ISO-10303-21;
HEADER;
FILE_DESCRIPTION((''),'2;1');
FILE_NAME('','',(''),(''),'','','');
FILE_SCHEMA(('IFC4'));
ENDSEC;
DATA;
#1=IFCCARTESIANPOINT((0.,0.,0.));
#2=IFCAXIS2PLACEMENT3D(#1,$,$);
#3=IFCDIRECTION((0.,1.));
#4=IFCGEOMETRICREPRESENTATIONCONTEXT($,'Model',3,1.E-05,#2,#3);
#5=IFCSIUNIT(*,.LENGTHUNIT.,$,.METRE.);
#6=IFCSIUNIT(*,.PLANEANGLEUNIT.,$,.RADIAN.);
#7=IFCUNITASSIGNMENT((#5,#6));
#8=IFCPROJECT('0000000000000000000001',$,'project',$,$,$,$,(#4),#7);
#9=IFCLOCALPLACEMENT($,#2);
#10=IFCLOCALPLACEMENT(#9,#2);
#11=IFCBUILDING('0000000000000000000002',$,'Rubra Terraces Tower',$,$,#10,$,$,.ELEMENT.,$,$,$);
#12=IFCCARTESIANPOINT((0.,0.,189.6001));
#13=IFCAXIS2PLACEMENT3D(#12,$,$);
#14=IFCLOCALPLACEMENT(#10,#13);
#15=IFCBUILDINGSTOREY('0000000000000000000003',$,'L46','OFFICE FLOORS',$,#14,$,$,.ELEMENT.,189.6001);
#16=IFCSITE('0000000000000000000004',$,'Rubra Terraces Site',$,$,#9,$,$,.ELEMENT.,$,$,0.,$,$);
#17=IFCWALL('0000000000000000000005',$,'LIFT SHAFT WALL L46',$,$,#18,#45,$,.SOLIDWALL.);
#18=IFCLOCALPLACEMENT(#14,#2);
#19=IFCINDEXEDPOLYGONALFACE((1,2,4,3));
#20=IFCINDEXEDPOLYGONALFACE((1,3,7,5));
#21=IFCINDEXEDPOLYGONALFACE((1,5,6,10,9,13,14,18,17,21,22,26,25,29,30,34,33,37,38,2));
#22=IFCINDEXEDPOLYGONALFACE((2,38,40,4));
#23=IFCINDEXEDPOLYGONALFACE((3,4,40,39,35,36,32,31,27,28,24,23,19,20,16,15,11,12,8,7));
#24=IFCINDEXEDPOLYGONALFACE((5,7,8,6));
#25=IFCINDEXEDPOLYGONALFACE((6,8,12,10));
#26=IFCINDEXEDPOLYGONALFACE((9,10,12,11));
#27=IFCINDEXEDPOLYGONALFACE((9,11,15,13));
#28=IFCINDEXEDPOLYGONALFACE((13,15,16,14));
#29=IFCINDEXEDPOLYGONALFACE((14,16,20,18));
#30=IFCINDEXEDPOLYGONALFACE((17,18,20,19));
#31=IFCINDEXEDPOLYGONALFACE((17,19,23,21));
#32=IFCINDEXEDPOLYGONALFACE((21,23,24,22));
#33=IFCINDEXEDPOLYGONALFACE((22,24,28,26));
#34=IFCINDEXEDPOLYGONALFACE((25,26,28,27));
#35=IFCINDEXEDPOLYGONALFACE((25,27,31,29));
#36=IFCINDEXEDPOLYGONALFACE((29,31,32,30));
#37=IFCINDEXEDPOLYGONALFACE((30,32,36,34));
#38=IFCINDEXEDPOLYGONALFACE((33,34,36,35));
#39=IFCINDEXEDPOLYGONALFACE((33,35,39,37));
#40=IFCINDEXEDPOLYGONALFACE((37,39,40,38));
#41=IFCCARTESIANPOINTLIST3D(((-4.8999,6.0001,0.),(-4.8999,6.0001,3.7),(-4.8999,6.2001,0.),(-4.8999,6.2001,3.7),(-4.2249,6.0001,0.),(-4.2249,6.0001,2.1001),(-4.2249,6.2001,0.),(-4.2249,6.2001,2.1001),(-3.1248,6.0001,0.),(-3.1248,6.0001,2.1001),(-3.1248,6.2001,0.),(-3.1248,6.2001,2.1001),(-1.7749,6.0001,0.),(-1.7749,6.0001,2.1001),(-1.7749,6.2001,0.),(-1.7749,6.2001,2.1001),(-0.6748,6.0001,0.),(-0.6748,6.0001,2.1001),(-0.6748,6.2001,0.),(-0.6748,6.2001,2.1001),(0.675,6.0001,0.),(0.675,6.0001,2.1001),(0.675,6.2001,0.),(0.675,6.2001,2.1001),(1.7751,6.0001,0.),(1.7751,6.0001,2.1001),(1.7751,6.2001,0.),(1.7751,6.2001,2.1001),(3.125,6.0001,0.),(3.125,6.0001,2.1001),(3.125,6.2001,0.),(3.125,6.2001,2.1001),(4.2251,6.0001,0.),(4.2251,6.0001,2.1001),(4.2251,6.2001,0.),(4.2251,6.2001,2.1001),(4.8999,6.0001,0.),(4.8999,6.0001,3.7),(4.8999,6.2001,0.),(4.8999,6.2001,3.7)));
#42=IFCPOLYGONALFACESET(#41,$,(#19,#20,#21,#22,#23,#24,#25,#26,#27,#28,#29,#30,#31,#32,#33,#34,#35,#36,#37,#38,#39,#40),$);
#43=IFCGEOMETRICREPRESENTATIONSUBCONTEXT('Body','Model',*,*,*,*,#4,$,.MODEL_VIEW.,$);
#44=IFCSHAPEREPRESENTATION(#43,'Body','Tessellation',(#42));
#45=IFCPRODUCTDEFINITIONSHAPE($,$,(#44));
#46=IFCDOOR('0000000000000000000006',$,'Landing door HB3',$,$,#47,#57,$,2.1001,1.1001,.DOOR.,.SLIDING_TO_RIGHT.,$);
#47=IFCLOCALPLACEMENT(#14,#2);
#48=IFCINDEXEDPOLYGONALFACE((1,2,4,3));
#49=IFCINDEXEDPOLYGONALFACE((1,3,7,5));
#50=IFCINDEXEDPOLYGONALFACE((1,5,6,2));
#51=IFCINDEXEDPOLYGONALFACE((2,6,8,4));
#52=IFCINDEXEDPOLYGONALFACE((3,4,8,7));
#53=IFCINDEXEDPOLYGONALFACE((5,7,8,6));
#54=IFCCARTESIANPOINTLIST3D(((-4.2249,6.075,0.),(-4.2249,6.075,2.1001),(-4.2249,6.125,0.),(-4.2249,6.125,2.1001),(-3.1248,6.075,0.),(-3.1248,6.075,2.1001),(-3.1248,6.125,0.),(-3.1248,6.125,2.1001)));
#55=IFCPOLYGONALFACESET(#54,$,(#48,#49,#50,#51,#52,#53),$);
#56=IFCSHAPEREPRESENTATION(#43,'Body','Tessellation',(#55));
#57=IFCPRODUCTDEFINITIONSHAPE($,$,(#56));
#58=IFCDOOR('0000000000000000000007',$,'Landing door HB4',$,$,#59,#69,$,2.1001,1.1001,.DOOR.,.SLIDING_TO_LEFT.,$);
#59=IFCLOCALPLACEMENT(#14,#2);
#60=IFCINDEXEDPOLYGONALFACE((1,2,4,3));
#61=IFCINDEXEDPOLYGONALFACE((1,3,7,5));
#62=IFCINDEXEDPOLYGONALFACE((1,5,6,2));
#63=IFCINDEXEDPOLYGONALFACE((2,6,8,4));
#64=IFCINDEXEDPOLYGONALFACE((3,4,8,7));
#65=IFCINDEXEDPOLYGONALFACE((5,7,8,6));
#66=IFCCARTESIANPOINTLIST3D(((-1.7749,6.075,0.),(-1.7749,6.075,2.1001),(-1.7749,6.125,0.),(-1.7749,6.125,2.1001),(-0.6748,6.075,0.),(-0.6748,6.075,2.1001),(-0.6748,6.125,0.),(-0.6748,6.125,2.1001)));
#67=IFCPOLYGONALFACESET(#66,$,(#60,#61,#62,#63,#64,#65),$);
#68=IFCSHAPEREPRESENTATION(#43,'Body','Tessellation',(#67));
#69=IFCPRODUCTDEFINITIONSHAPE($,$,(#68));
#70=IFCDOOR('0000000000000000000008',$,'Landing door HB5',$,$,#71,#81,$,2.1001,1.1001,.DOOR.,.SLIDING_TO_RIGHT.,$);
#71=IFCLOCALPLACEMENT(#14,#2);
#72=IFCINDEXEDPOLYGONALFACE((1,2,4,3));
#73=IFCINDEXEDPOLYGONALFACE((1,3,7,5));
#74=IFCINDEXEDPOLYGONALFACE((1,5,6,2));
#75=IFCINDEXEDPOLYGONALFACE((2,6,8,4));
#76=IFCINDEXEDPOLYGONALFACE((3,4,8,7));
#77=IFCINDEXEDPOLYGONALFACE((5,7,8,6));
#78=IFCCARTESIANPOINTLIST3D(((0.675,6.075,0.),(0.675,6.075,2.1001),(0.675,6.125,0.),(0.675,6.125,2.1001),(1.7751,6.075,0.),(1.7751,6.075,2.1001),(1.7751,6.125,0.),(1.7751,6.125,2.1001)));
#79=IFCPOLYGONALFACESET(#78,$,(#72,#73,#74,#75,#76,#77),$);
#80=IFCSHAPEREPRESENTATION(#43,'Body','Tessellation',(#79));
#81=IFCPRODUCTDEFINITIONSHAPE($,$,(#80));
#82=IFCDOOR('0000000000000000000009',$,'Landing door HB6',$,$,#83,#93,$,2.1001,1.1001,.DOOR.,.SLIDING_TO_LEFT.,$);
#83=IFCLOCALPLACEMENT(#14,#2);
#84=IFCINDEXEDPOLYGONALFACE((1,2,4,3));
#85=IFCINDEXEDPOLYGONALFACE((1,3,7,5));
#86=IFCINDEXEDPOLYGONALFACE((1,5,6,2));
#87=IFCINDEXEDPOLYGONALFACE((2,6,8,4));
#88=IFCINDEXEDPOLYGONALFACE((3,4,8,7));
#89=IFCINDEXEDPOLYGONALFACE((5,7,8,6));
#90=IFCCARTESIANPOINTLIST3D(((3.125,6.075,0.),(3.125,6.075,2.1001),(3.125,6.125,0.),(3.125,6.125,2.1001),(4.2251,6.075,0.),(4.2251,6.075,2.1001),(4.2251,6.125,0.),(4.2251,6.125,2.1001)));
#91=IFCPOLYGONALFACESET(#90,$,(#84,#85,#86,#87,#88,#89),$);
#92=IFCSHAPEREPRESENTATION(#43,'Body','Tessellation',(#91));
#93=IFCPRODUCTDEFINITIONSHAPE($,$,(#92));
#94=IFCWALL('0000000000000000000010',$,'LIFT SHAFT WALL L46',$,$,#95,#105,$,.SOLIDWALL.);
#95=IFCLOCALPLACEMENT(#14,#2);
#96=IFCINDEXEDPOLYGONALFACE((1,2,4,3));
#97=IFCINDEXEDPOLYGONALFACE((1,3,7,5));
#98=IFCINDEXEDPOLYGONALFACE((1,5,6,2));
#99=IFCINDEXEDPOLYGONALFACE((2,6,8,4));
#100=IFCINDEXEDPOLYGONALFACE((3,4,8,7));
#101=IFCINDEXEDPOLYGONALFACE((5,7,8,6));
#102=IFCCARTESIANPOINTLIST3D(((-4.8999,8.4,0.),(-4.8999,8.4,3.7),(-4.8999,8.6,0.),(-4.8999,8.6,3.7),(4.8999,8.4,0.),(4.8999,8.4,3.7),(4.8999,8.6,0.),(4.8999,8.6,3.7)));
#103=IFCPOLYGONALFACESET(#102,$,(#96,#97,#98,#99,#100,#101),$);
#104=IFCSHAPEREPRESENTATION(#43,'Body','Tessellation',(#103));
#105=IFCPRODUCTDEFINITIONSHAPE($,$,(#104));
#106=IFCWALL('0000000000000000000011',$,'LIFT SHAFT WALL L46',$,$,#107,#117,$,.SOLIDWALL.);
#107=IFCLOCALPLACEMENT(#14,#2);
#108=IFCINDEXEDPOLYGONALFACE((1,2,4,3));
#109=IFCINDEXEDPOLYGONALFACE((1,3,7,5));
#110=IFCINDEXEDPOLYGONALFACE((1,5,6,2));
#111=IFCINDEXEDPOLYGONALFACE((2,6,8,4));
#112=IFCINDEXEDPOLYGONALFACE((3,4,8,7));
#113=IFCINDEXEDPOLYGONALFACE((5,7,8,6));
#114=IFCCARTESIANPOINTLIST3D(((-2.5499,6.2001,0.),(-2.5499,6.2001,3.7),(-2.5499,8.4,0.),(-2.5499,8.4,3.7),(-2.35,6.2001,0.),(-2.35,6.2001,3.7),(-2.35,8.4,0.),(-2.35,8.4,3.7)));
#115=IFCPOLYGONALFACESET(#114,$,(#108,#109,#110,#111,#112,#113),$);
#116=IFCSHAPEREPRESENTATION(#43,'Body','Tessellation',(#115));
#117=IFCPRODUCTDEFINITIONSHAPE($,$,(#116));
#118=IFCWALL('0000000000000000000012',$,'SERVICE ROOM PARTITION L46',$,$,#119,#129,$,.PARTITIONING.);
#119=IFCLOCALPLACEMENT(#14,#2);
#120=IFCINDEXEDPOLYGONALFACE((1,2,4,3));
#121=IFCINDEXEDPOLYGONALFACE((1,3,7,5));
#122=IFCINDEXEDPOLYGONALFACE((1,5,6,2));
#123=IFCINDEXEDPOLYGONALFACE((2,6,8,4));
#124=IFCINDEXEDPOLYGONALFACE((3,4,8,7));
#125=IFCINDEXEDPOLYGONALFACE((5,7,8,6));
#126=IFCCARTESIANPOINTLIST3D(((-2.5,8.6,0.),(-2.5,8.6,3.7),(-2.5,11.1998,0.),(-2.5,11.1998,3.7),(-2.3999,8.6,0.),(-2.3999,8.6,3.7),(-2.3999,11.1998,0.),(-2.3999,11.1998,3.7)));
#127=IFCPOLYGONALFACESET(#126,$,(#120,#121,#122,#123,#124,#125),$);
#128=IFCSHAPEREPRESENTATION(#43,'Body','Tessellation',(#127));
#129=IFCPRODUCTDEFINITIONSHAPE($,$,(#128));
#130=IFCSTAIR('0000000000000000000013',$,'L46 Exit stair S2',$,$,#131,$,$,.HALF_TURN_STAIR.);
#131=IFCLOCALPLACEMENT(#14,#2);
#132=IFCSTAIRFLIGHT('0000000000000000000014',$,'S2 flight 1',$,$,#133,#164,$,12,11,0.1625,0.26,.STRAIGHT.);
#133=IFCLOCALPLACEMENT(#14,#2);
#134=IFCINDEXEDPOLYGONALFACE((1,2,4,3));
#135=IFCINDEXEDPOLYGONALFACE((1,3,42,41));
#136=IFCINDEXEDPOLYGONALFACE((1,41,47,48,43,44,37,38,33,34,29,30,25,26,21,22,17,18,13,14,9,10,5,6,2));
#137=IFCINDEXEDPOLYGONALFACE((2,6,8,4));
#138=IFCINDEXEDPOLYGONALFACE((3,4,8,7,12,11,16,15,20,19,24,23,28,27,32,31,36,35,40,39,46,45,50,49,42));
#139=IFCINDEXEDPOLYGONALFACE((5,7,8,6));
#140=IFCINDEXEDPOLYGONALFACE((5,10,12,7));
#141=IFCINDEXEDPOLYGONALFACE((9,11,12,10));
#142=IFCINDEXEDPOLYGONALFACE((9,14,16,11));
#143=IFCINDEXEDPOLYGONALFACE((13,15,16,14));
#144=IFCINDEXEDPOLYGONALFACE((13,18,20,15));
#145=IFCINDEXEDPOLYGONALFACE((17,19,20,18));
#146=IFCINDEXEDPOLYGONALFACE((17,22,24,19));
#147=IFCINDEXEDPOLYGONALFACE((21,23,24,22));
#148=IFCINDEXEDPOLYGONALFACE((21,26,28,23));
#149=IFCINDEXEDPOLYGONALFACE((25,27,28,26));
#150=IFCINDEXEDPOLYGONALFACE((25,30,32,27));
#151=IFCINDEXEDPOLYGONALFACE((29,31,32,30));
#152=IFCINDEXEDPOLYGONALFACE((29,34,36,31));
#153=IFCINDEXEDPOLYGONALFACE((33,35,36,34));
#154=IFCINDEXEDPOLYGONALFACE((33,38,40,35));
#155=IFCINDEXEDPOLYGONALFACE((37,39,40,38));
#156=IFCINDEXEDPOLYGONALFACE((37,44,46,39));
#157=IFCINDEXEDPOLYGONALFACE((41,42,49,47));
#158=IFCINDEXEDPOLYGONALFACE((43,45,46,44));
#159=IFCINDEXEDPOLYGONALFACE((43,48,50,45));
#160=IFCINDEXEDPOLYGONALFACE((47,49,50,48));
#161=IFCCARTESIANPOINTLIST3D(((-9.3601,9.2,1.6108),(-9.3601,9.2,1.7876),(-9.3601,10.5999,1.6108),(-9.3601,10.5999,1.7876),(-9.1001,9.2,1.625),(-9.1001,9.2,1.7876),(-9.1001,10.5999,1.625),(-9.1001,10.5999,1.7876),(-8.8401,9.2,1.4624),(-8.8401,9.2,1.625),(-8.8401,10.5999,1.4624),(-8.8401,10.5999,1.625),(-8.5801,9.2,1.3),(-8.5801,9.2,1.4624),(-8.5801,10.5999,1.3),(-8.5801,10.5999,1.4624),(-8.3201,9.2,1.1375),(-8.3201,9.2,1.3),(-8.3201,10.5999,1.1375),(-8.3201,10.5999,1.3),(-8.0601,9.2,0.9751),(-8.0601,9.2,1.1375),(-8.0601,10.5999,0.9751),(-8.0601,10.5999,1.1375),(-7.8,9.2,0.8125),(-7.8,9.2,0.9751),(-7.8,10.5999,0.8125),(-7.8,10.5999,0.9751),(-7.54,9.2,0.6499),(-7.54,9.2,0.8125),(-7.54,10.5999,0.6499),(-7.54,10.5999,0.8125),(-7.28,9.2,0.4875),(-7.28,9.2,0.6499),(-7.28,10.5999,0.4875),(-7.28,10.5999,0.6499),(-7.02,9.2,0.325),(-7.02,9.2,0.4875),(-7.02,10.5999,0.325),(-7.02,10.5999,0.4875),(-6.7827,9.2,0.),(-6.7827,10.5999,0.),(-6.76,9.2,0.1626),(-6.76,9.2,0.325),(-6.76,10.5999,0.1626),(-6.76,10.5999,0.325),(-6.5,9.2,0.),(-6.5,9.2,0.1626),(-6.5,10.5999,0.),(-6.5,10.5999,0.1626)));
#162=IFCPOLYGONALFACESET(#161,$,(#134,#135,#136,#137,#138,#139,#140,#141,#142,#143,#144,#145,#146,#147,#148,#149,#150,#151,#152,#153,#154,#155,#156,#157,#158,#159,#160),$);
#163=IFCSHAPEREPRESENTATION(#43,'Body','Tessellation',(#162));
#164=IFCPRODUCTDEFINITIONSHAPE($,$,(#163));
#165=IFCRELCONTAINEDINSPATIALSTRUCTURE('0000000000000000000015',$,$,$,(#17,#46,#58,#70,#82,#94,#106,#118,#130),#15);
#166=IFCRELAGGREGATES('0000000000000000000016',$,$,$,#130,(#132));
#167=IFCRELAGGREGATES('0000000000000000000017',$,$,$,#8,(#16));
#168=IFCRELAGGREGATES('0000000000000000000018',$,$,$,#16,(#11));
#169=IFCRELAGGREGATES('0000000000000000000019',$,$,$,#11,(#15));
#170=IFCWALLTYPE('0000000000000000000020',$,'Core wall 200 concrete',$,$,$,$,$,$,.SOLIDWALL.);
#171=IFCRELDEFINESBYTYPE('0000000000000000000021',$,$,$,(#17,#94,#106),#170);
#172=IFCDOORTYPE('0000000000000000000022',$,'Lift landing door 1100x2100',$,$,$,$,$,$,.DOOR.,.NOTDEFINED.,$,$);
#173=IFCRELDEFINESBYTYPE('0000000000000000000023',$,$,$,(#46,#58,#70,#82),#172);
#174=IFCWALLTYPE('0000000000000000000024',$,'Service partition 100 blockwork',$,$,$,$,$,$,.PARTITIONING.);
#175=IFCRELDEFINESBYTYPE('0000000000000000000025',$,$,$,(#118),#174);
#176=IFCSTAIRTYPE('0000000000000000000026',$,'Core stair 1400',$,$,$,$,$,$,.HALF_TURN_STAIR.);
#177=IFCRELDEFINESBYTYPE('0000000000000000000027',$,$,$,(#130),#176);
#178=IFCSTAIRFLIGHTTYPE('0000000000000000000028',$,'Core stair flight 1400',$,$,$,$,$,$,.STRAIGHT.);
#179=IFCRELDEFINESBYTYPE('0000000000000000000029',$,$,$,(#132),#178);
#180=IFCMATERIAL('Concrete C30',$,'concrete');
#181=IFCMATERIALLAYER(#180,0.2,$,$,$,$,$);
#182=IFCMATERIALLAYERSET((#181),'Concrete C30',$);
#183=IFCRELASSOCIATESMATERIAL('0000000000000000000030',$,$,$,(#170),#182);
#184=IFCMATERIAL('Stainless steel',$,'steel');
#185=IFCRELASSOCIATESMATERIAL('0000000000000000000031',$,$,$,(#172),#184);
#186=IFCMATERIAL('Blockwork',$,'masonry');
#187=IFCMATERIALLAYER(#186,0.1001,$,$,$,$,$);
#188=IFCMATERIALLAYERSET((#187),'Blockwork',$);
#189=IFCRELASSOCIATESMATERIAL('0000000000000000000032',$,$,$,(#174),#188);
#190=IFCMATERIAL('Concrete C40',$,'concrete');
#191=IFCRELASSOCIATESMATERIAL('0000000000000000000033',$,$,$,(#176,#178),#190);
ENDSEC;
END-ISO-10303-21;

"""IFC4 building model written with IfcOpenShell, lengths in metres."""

from ifc_helpers import new_model, si_unit, direction, frame, frame_2d, origin, place, context, subcontext, project, spatial, polyline, rectangle, outline, extrude, material, layer, layer_set, type_object, element, fill, aggregate, save


model = new_model("IFC4")

# Units and contexts
model_context = context("Model", 3, precision=1e-05, world=origin(), true_north=direction((0.0, 1.0)))
body_context = subcontext(model_context, "Body", "Model", "MODEL_VIEW")
ifc_project = project(units=[si_unit("LENGTHUNIT", "METRE"), si_unit("PLANEANGLEUNIT", "RADIAN")], contexts=[model_context])

# Site, building, storey
site_placement = place(None, origin())
site = spatial("IfcSite", under=ifc_project, at=site_placement, Name="Rubra Terraces Site", CompositionType="ELEMENT", RefElevation=0.0)
building_placement = place(site_placement, origin())
building = spatial("IfcBuilding", under=site, at=building_placement, Name="Rubra Terraces Tower", CompositionType="ELEMENT")
storey_placement = place(building_placement, frame((0.0, 0.0, 189.6001)))
storey = spatial("IfcBuildingStorey", under=building, at=storey_placement, Name="L46", Description="OFFICE FLOORS", CompositionType="ELEMENT", Elevation=189.6001)

# Shared definitions
ifc_material_1 = material(Name="Concrete C30", Category="concrete")
ifc_layer_1 = layer(ifc_material_1, 0.2)
ifc_layer_set_1 = layer_set([ifc_layer_1], Name="Concrete C30")
wall_type_1 = type_object("IfcWallType", Name="Core wall 200 concrete", PredefinedType="SOLIDWALL", material=ifc_layer_set_1)

# Wall, openings, doors
ifc_material_2 = material(Name="Stainless steel", Category="steel")
door_type_1 = type_object("IfcDoorType", Name="Lift landing door 1100x2100", OperationType="NOTDEFINED", PredefinedType="DOOR", material=ifc_material_2)
wall_1_placement = place(storey_placement, frame((-4.8999, 6.1001, 0.0), z_axis=(0.0, 0.0, 1.0), x_axis=(1.0, 0.0, 0.0)))
wall_1 = element("IfcWall", 1, at=wall_1_placement, inside=storey, type_object=wall_type_1, Name="LIFT SHAFT WALL L46", PredefinedType="SOLIDWALL", context=body_context, shape_type="SweptSolid", body=[
    extrude(rectangle(XDim=9.7998, YDim=0.2, at=frame_2d((4.8999, 0.0))), origin(), (0.0, 0.0, 1.0), 3.7),
])
opening_1_placement = place(wall_1_placement, frame((0.675, 0.0, 0.0)))
opening_1 = element("IfcOpeningElement", 2, at=opening_1_placement, cuts=wall_1, PredefinedType="OPENING", context=body_context, shape_type="SweptSolid", body=[
    extrude(rectangle(XDim=1.1001, YDim=2.1001, at=frame_2d((0.55, 1.05))), frame((0.0, 0.1099, 0.0), z_axis=(0.0, -1.0, 0.0), x_axis=(1.0, 0.0, 0.0)), (0.0, 0.0, 1.0), 0.22),
])
opening_2_placement = place(wall_1_placement, frame((3.125, 0.0, 0.0)))
opening_2 = element("IfcOpeningElement", 3, at=opening_2_placement, cuts=wall_1, PredefinedType="OPENING", context=body_context, shape_type="SweptSolid", body=[
    extrude(rectangle(XDim=1.1001, YDim=2.1001, at=frame_2d((0.55, 1.05))), frame((0.0, 0.1099, 0.0), z_axis=(0.0, -1.0, 0.0), x_axis=(1.0, 0.0, 0.0)), (0.0, 0.0, 1.0), 0.22),
])
opening_3_placement = place(wall_1_placement, frame((5.575, 0.0, 0.0)))
opening_3 = element("IfcOpeningElement", 4, at=opening_3_placement, cuts=wall_1, PredefinedType="OPENING", context=body_context, shape_type="SweptSolid", body=[
    extrude(rectangle(XDim=1.1001, YDim=2.1001, at=frame_2d((0.55, 1.05))), frame((0.0, 0.1099, 0.0), z_axis=(0.0, -1.0, 0.0), x_axis=(1.0, 0.0, 0.0)), (0.0, 0.0, 1.0), 0.22),
])
opening_4_placement = place(wall_1_placement, frame((8.0249, 0.0, 0.0)))
opening_4 = element("IfcOpeningElement", 5, at=opening_4_placement, cuts=wall_1, PredefinedType="OPENING", context=body_context, shape_type="SweptSolid", body=[
    extrude(rectangle(XDim=1.1001, YDim=2.1001, at=frame_2d((0.55, 1.05))), frame((0.0, 0.1099, 0.0), z_axis=(0.0, -1.0, 0.0), x_axis=(1.0, 0.0, 0.0)), (0.0, 0.0, 1.0), 0.22),
])
door_1_placement = place(opening_1_placement, origin())
door_1 = element("IfcDoor", 6, at=door_1_placement, inside=storey, type_object=door_type_1, Name="Landing door HB3", OperationType="SLIDING_TO_RIGHT", OverallHeight=2.1001, OverallWidth=1.1001, PredefinedType="DOOR", context=body_context, shape_type="SweptSolid", body=[
    extrude(rectangle(XDim=1.1001, YDim=2.1001, at=frame_2d((0.55, 1.05))), frame((0.0, 0.0249, 0.0), z_axis=(0.0, -1.0, 0.0), x_axis=(1.0, 0.0, 0.0)), (0.0, 0.0, 1.0), 0.05),
])
fill(opening_1, door_1)
door_2_placement = place(opening_2_placement, origin())
door_2 = element("IfcDoor", 7, at=door_2_placement, inside=storey, type_object=door_type_1, Name="Landing door HB4", OperationType="SLIDING_TO_LEFT", OverallHeight=2.1001, OverallWidth=1.1001, PredefinedType="DOOR", context=body_context, shape_type="SweptSolid", body=[
    extrude(rectangle(XDim=1.1001, YDim=2.1001, at=frame_2d((0.55, 1.05))), frame((0.0, 0.0249, 0.0), z_axis=(0.0, -1.0, 0.0), x_axis=(1.0, 0.0, 0.0)), (0.0, 0.0, 1.0), 0.05),
])
fill(opening_2, door_2)
door_3_placement = place(opening_3_placement, origin())
door_3 = element("IfcDoor", 8, at=door_3_placement, inside=storey, type_object=door_type_1, Name="Landing door HB5", OperationType="SLIDING_TO_RIGHT", OverallHeight=2.1001, OverallWidth=1.1001, PredefinedType="DOOR", context=body_context, shape_type="SweptSolid", body=[
    extrude(rectangle(XDim=1.1001, YDim=2.1001, at=frame_2d((0.55, 1.05))), frame((0.0, 0.0249, 0.0), z_axis=(0.0, -1.0, 0.0), x_axis=(1.0, 0.0, 0.0)), (0.0, 0.0, 1.0), 0.05),
])
fill(opening_3, door_3)
door_4_placement = place(opening_4_placement, origin())
door_4 = element("IfcDoor", 9, at=door_4_placement, inside=storey, type_object=door_type_1, Name="Landing door HB6", OperationType="SLIDING_TO_LEFT", OverallHeight=2.1001, OverallWidth=1.1001, PredefinedType="DOOR", context=body_context, shape_type="SweptSolid", body=[
    extrude(rectangle(XDim=1.1001, YDim=2.1001, at=frame_2d((0.55, 1.05))), frame((0.0, 0.0249, 0.0), z_axis=(0.0, -1.0, 0.0), x_axis=(1.0, 0.0, 0.0)), (0.0, 0.0, 1.0), 0.05),
])
fill(opening_4, door_4)

# Walls
wall_2_placement = place(storey_placement, frame((-4.8999, 8.5, 0.0), z_axis=(0.0, 0.0, 1.0), x_axis=(1.0, 0.0, 0.0)))
element("IfcWall", 10, at=wall_2_placement, inside=storey, type_object=wall_type_1, Name="LIFT SHAFT WALL L46", PredefinedType="SOLIDWALL", context=body_context, shape_type="SweptSolid", body=[
    extrude(rectangle(XDim=9.7998, YDim=0.2, at=frame_2d((4.8999, 0.0))), origin(), (0.0, 0.0, 1.0), 3.7),
])
wall_3_placement = place(storey_placement, frame((-2.45, 6.2, 0.0), z_axis=(0.0, 0.0, 1.0), x_axis=(0.0, 1.0, 0.0)))
element("IfcWall", 11, at=wall_3_placement, inside=storey, type_object=wall_type_1, Name="LIFT SHAFT WALL L46", PredefinedType="SOLIDWALL", context=body_context, shape_type="SweptSolid", body=[
    extrude(rectangle(XDim=2.2, YDim=0.2, at=frame_2d((1.1001, 0.0))), origin(), (0.0, 0.0, 1.0), 3.7),
])
ifc_material_3 = material(Name="Blockwork", Category="masonry")
ifc_layer_2 = layer(ifc_material_3, 0.1001)
ifc_layer_set_2 = layer_set([ifc_layer_2], Name="Blockwork")
wall_type_2 = type_object("IfcWallType", Name="Service partition 100 blockwork", PredefinedType="PARTITIONING", material=ifc_layer_set_2)
wall_4_placement = place(storey_placement, frame((-2.45, 8.6001, 0.0), z_axis=(0.0, 0.0, 1.0), x_axis=(0.0, 1.0, 0.0)))
element("IfcWall", 12, at=wall_4_placement, inside=storey, type_object=wall_type_2, Name="SERVICE ROOM PARTITION L46", PredefinedType="PARTITIONING", context=body_context, shape_type="SweptSolid", body=[
    extrude(rectangle(XDim=2.5999, YDim=0.1001, at=frame_2d((1.2998, 0.0))), origin(), (0.0, 0.0, 1.0), 3.7),
])

# Stair, stair flight
ifc_material_4 = material(Name="Concrete C40", Category="concrete")
stair_type = type_object("IfcStairType", Name="Core stair 1400", PredefinedType="HALF_TURN_STAIR", material=ifc_material_4)
stair_placement = place(storey_placement, origin())
stair = element("IfcStair", 13, at=stair_placement, inside=storey, type_object=stair_type, Name="L46 Exit stair S2", PredefinedType="HALF_TURN_STAIR")
stair_flight_type = type_object("IfcStairFlightType", Name="Core stair flight 1400", PredefinedType="STRAIGHT", material=ifc_material_4)
stair_flight_placement = place(storey_placement, frame((-6.5, 9.8999, 0.0), z_axis=(0.0, 0.0, 1.0), x_axis=(-1.0, 0.0, 0.0)))
stair_flight = element("IfcStairFlight", 14, at=stair_flight_placement, type_object=stair_flight_type, Name="S2 flight 1", NumberOfRisers=12, NumberOfTreads=11, PredefinedType="STRAIGHT", RiserHeight=0.1625, TreadLength=0.26, context=body_context, shape_type="SweptSolid", body=[
    extrude(outline(polyline([(0.0, 0.0), (0.0, 0.1626), (0.26, 0.1626), (0.26, 0.325), (0.52, 0.325), (0.52, 0.4875), (0.78, 0.4875), (0.78, 0.6499), (1.04, 0.6499), (1.04, 0.8125), (1.3, 0.8125), (1.3, 0.9751), (1.5601, 0.9751), (1.5601, 1.1375), (1.8201, 1.1375), (1.8201, 1.3), (2.0801, 1.3), (2.0801, 1.4624), (2.3401, 1.4624), (2.3401, 1.625), (2.6001, 1.625), (2.6001, 1.7876), (2.8601, 1.7876), (2.8601, 1.95), (2.8601, 1.6108), (0.2827, 0.0), (0.0, 0.0)])), frame((0.0, 0.7, 0.0), z_axis=(0.0, -1.0, 0.0), x_axis=(1.0, 0.0, 0.0)), (0.0, 0.0, 1.0), 1.3999),
])
aggregate(stair, [stair_flight])

save(model, "model.ifc")
